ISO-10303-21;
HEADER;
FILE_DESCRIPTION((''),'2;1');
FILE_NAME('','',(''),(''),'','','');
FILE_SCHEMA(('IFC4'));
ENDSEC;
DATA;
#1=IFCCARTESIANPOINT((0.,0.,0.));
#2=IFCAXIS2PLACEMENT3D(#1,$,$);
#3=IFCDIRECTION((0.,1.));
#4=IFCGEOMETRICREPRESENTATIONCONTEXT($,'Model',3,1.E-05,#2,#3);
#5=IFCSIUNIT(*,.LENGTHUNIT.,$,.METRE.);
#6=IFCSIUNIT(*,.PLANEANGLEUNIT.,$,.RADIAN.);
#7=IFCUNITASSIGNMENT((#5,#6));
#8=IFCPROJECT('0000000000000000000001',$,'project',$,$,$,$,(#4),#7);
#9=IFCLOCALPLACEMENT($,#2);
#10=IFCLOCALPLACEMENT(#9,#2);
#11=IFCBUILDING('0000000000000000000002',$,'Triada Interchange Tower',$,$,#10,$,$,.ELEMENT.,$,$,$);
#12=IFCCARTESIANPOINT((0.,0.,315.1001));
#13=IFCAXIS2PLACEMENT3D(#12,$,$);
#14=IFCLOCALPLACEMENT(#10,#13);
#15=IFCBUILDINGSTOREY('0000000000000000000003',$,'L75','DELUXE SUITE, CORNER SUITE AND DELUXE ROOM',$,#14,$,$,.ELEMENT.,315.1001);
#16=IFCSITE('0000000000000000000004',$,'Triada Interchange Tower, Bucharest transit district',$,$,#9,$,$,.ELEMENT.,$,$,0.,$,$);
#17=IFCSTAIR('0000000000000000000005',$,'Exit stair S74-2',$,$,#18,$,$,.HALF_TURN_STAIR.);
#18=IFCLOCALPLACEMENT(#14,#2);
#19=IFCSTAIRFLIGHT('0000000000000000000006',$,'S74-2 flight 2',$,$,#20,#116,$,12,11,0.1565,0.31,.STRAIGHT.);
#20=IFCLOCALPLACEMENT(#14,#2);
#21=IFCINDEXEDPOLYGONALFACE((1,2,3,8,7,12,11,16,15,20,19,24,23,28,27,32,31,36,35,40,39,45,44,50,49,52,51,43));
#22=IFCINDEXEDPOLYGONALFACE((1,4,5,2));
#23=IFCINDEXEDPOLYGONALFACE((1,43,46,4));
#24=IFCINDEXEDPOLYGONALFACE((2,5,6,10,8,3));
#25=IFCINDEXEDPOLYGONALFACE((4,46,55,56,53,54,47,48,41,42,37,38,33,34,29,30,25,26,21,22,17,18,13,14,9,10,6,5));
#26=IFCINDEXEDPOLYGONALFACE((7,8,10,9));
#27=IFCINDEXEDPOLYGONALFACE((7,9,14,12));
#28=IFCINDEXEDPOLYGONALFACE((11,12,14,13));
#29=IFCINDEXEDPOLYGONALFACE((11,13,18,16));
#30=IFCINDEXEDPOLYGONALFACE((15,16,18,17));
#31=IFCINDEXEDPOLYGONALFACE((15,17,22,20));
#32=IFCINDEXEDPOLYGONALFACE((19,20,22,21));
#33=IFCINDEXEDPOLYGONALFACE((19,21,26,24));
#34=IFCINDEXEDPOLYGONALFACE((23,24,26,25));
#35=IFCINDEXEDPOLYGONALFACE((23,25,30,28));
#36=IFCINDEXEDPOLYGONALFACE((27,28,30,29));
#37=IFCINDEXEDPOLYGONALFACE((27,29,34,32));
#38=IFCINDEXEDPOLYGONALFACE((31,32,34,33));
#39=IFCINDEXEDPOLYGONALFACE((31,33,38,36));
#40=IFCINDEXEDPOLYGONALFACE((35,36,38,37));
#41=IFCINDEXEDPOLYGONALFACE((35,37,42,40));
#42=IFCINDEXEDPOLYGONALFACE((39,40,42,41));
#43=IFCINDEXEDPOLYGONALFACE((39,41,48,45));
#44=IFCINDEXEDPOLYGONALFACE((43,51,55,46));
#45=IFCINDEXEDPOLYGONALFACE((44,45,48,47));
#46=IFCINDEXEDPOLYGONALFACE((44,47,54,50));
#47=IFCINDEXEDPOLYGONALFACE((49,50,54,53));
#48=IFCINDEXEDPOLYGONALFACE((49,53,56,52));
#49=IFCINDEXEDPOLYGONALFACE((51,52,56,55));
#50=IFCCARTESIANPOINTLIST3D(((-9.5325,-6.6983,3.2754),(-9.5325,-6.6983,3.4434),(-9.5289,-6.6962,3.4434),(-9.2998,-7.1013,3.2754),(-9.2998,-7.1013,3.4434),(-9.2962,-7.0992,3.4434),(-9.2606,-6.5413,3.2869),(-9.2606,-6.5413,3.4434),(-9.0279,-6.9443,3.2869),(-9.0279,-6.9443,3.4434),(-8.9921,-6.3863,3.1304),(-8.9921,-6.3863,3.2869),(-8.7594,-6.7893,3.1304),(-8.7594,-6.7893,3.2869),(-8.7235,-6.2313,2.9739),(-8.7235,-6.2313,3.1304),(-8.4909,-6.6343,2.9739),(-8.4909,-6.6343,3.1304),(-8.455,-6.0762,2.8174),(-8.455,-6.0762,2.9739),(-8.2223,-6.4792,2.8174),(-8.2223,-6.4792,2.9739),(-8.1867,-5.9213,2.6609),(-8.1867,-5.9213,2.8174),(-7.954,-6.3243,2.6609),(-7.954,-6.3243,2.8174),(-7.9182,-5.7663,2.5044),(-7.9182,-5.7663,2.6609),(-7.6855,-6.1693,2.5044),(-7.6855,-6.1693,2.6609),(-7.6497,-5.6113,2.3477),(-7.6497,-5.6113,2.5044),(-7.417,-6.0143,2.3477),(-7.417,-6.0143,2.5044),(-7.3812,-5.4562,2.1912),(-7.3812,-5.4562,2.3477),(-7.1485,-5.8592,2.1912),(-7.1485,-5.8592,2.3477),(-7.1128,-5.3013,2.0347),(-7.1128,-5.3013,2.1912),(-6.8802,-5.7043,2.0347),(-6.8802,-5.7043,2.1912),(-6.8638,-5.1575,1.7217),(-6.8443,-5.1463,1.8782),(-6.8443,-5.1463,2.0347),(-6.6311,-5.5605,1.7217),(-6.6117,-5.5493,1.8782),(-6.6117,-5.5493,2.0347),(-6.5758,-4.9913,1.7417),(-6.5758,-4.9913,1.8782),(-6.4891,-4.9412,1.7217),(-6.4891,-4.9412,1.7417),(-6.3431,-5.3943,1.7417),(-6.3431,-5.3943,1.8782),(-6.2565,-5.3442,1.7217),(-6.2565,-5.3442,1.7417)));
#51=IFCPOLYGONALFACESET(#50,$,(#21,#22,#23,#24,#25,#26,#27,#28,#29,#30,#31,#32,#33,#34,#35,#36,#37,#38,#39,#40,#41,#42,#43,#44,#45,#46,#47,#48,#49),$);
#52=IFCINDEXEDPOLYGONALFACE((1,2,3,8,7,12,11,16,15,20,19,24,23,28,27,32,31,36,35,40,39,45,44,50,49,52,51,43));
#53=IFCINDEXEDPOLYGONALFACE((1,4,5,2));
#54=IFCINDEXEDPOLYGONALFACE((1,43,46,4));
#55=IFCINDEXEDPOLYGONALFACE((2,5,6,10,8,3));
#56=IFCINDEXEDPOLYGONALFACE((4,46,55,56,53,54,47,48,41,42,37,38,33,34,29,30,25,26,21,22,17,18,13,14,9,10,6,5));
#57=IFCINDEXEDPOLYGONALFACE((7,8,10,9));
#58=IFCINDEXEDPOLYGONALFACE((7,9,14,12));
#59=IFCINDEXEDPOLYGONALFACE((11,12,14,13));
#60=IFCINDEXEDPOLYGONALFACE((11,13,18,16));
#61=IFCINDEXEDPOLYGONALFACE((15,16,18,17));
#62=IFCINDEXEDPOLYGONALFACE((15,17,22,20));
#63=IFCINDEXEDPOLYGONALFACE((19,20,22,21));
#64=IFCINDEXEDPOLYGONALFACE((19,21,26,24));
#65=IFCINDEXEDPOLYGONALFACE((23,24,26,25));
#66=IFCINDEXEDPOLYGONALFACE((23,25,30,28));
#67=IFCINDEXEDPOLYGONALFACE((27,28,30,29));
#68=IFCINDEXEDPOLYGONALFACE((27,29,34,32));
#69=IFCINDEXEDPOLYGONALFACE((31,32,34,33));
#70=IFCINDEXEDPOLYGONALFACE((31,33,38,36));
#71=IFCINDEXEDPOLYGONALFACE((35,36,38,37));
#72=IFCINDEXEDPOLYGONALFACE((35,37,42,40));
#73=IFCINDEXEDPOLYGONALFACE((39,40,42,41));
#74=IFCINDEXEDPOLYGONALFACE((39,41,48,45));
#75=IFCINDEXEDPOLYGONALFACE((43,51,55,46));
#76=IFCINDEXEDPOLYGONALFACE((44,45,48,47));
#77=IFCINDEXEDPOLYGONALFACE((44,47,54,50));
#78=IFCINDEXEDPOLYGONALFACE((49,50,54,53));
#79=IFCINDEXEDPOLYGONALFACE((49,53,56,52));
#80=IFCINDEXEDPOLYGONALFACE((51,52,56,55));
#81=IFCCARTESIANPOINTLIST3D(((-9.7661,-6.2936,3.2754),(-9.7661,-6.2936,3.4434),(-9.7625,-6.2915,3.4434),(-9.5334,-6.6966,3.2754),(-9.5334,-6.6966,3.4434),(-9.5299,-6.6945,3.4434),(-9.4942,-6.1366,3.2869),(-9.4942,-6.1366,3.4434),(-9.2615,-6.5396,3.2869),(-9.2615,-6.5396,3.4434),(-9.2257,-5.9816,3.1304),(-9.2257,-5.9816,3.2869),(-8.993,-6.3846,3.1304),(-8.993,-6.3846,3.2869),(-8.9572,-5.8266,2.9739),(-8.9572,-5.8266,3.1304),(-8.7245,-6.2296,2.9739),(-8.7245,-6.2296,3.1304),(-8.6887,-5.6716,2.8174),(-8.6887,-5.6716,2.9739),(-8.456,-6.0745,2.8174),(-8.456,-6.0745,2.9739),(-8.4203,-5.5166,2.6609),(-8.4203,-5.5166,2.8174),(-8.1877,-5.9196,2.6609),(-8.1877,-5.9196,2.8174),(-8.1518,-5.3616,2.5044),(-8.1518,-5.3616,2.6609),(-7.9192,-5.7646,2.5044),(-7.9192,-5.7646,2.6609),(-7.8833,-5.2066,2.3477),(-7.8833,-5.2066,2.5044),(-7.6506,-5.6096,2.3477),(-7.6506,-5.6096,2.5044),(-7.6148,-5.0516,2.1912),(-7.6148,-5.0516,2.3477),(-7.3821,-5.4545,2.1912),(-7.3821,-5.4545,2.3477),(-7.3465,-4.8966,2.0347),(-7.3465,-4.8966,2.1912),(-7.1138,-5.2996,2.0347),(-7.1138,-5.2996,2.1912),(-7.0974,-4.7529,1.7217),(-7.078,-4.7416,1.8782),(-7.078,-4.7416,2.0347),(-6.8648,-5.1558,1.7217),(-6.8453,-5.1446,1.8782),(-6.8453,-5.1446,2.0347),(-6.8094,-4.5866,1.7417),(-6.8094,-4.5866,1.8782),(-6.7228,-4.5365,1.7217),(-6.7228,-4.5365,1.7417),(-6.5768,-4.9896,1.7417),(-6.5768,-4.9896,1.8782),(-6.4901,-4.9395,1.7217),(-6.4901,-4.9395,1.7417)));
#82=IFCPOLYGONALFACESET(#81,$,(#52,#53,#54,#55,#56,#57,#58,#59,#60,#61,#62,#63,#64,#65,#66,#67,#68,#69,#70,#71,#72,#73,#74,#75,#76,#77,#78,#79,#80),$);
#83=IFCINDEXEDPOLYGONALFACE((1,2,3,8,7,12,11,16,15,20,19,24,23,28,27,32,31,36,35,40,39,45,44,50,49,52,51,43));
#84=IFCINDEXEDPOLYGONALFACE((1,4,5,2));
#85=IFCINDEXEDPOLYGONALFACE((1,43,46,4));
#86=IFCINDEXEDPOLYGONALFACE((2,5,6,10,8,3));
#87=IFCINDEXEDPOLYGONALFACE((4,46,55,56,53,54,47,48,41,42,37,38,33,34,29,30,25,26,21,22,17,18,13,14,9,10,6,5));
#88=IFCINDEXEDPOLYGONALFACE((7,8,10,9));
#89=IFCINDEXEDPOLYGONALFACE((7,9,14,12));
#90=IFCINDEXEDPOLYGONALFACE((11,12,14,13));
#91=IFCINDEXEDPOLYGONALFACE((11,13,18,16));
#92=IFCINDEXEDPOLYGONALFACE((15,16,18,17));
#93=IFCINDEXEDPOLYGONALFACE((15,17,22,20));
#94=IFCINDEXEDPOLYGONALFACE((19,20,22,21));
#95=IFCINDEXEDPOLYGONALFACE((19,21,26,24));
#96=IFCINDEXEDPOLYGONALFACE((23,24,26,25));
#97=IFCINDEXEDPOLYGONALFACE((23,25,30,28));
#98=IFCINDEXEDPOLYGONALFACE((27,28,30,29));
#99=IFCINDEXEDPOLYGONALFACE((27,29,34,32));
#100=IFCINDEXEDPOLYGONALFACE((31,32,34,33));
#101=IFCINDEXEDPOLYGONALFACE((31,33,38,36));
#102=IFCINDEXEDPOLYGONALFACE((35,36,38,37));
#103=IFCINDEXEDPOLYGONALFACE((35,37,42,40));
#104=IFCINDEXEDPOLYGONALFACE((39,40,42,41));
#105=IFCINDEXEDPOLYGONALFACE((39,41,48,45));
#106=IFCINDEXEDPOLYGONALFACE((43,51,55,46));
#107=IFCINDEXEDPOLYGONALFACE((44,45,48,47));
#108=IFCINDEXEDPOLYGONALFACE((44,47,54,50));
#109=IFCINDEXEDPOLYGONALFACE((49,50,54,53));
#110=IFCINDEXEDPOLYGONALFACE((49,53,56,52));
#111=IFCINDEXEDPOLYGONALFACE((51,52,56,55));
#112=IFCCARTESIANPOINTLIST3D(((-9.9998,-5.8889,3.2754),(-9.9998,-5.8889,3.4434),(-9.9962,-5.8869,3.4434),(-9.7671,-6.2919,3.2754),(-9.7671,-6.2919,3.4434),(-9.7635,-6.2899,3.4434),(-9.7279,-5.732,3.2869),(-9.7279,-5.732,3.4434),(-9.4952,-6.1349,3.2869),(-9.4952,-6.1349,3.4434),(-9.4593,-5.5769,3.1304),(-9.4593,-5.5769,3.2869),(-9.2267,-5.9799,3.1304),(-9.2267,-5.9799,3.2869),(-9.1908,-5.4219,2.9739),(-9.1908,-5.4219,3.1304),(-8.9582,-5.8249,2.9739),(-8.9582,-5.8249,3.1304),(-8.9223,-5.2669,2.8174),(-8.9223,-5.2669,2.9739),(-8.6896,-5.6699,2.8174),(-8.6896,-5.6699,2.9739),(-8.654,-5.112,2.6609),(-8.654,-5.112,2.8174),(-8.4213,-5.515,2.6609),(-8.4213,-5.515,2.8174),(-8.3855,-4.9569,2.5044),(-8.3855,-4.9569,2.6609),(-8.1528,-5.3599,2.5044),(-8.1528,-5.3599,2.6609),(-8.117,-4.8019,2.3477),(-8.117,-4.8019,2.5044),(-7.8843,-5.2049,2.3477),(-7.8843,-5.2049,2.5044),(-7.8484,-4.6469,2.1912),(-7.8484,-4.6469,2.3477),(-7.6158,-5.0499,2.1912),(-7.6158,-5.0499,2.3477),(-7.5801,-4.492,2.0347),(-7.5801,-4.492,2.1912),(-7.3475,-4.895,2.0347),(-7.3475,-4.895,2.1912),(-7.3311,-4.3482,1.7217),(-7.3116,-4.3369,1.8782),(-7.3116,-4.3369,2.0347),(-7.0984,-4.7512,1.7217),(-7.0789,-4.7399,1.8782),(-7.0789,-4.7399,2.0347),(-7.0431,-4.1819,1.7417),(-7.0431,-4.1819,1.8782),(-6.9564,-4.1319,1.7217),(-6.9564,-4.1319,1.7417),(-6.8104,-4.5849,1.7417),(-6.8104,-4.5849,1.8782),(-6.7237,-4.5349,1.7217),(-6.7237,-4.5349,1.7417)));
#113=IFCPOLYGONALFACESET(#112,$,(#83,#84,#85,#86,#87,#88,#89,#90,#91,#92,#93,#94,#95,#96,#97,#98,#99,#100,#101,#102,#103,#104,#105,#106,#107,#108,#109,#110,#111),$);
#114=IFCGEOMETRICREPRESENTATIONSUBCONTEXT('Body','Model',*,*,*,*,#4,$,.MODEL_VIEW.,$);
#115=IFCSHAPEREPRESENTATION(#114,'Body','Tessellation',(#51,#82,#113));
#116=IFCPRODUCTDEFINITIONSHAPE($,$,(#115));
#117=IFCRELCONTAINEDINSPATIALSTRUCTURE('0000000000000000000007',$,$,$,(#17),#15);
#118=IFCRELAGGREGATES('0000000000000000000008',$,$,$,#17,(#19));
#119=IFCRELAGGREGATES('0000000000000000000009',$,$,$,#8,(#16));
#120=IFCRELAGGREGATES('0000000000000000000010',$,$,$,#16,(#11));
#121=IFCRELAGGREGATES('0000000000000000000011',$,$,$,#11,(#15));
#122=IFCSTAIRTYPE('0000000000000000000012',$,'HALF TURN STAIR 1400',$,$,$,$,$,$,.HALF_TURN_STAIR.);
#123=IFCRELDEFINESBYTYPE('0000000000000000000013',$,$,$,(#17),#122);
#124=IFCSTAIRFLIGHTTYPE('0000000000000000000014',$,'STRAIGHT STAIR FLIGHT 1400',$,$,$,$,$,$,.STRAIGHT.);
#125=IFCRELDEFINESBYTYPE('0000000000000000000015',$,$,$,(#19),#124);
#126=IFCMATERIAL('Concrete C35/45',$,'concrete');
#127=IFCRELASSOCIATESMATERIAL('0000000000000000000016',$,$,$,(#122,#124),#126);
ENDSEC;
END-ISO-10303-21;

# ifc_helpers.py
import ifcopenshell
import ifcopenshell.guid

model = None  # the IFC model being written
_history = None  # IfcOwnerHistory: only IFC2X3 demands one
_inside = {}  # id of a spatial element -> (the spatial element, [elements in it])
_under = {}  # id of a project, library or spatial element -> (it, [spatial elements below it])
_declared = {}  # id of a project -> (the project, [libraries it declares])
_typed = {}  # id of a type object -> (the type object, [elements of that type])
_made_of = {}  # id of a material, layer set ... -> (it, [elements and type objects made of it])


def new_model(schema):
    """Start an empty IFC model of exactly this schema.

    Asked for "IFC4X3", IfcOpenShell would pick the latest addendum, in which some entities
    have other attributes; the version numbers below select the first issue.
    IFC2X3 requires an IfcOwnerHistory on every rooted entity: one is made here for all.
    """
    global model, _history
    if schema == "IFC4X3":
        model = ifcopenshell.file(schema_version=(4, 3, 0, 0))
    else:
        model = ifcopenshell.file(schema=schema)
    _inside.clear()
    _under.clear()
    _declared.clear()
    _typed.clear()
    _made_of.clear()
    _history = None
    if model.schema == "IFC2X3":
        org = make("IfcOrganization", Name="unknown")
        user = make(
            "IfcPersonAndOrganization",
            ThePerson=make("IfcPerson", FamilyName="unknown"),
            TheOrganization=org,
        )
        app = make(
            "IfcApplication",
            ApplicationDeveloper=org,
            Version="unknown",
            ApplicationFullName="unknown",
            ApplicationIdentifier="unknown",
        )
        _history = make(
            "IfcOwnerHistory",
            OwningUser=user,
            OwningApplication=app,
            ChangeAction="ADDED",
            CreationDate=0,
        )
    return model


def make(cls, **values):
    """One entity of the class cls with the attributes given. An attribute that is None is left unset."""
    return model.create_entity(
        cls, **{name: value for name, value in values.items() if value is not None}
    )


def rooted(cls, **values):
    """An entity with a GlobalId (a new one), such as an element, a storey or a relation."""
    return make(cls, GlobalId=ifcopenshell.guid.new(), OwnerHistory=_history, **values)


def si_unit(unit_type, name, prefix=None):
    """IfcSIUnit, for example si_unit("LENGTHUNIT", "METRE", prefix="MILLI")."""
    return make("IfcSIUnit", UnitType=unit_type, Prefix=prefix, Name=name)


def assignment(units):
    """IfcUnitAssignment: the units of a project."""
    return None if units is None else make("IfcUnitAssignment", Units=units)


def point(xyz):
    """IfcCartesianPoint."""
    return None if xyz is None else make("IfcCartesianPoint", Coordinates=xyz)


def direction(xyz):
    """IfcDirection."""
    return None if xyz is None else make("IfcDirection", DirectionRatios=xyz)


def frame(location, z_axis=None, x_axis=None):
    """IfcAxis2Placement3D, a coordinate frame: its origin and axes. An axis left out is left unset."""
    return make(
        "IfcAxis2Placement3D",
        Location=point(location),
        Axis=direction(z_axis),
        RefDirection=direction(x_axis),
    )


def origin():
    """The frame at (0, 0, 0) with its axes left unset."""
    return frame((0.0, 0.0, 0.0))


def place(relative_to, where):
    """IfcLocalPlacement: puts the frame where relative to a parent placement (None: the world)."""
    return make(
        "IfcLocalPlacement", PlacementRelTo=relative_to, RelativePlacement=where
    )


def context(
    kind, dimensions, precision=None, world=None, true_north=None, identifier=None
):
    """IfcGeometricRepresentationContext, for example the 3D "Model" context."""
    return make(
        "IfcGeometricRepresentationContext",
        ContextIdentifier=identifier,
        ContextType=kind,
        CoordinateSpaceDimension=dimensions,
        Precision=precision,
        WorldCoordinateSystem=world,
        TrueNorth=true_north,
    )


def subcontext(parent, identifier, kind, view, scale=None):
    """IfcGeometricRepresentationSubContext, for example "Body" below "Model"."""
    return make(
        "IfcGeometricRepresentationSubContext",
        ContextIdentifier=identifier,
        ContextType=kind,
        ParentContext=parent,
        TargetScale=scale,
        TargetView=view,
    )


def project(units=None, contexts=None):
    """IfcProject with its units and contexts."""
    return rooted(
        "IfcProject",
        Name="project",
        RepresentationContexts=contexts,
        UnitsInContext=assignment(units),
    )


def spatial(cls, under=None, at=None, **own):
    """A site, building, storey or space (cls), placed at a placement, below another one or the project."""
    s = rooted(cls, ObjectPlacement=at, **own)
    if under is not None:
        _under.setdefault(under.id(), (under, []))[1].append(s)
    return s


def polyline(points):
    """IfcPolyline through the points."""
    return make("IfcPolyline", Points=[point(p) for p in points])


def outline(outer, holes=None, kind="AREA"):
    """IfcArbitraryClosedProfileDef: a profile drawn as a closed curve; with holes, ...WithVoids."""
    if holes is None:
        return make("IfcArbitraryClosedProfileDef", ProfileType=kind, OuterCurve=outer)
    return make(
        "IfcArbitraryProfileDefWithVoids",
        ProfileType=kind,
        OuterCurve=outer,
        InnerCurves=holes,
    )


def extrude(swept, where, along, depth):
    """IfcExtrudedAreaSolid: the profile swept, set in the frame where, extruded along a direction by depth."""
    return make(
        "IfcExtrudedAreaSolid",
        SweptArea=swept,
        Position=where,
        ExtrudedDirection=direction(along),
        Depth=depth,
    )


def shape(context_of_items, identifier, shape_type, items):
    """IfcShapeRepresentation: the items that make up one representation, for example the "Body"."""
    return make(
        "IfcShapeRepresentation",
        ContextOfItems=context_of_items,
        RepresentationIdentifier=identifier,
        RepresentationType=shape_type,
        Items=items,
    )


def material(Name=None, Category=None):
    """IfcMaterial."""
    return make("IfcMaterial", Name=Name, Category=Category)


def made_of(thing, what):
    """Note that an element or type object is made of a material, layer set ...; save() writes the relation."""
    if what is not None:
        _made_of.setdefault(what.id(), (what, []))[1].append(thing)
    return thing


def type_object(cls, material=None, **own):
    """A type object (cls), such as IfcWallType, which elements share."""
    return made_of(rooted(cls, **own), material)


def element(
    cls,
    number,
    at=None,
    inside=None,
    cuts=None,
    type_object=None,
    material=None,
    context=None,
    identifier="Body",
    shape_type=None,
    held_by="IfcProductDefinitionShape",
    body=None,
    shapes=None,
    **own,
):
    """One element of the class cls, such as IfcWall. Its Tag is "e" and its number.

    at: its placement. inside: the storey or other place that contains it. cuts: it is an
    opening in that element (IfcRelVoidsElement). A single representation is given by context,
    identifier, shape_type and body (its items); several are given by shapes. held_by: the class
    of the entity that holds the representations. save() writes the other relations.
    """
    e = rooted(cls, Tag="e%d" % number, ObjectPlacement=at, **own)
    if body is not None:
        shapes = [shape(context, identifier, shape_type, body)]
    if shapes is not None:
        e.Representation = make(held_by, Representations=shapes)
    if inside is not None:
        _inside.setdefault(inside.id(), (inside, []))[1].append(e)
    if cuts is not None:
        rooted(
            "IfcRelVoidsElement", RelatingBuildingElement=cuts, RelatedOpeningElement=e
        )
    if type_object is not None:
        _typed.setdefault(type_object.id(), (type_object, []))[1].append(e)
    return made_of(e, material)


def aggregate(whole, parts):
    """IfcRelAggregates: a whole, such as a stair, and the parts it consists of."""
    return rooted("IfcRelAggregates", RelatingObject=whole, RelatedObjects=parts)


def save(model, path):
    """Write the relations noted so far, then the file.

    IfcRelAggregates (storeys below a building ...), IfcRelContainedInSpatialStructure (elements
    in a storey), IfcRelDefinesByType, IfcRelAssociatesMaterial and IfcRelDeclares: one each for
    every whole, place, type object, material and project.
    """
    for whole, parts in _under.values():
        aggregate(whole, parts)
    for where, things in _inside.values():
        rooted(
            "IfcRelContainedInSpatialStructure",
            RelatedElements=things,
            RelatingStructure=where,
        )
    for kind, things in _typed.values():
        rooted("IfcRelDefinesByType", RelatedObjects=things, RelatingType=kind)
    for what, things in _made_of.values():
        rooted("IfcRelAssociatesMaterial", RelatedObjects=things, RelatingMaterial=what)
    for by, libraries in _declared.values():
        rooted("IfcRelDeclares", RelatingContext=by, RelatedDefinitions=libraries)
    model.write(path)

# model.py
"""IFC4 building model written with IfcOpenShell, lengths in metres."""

from ifc_helpers import new_model, si_unit, direction, frame, origin, place, context, subcontext, project, spatial, polyline, outline, extrude, material, type_object, element, aggregate, save


model = new_model("IFC4")

# Units and contexts
model_context = context("Model", 3, precision=1e-05, world=origin(), true_north=direction((0.0, 1.0)))
body_context = subcontext(model_context, "Body", "Model", "MODEL_VIEW")
ifc_project = project(units=[si_unit("LENGTHUNIT", "METRE"), si_unit("PLANEANGLEUNIT", "RADIAN")], contexts=[model_context])

# Site, building, storey
site_placement = place(None, origin())
site = spatial("IfcSite", under=ifc_project, at=site_placement, Name="Triada Interchange Tower, Bucharest transit district", CompositionType="ELEMENT", RefElevation=0.0)
building_placement = place(site_placement, origin())
building = spatial("IfcBuilding", under=site, at=building_placement, Name="Triada Interchange Tower", CompositionType="ELEMENT")
storey_placement = place(building_placement, frame((0.0, 0.0, 315.1001)))
storey = spatial("IfcBuildingStorey", under=building, at=storey_placement, Name="L75", Description="DELUXE SUITE, CORNER SUITE AND DELUXE ROOM", CompositionType="ELEMENT", Elevation=315.1001)

# Stair, stair flight
ifc_material_1 = material(Name="Concrete C35/45", Category="concrete")
stair_type = type_object("IfcStairType", Name="HALF TURN STAIR 1400", PredefinedType="HALF_TURN_STAIR", material=ifc_material_1)
stair_placement = place(storey_placement, origin())
stair = element("IfcStair", 1, at=stair_placement, inside=storey, type_object=stair_type, Name="Exit stair S74-2", PredefinedType="HALF_TURN_STAIR")
stair_flight_type = type_object("IfcStairFlightType", Name="STRAIGHT STAIR FLIGHT 1400", PredefinedType="STRAIGHT", material=ifc_material_1)
stair_flight_1_placement = place(storey_placement, frame((-6.6931, -4.7881, 1.7217), z_axis=(0.0, 0.0, 1.0), x_axis=(-0.866025, -0.5, 0.0)))
stair_flight_1 = element("IfcStairFlight", 2, at=stair_flight_1_placement, type_object=stair_flight_type, Name="S74-2 flight 2", NumberOfRisers=12, NumberOfTreads=11, PredefinedType="STRAIGHT", RiserHeight=0.1565, TreadLength=0.31, context=body_context, shape_type="SweptSolid", body=[
    extrude(outline(polyline([(-0.1001, 0.0), (-0.1001, 0.02), (0.0, 0.02), (0.0, 0.1565), (0.3101, 0.1565), (0.3101, 0.313), (0.6201, 0.313), (0.6201, 0.4695), (0.9299, 0.4695), (0.9299, 0.626), (1.24, 0.626), (1.24, 0.7827), (1.55, 0.7827), (1.55, 0.9392), (1.8601, 0.9392), (1.8601, 1.0957), (2.1699, 1.0957), (2.1699, 1.2522), (2.48, 1.2522), (2.48, 1.4087), (2.79, 1.4087), (2.79, 1.5652), (3.1001, 1.5652), (3.1001, 1.7217), (3.4099, 1.7217), (3.4141, 1.7217), (3.4141, 1.8782), (3.4141, 1.5537), (0.3325, 0.0), (-0.1001, 0.0)])), frame((0.0, 0.7, 0.0), z_axis=(0.0, -1.0, 0.0), x_axis=(1.0, 0.0, 0.0)), (0.0, 0.0, 1.0), 0.4653),
    extrude(outline(polyline([(-0.1001, 0.0), (-0.1001, 0.02), (0.0, 0.02), (0.0, 0.1565), (0.3101, 0.1565), (0.3101, 0.313), (0.6201, 0.313), (0.6201, 0.4695), (0.9299, 0.4695), (0.9299, 0.626), (1.24, 0.626), (1.24, 0.7827), (1.55, 0.7827), (1.55, 0.9392), (1.8601, 0.9392), (1.8601, 1.0957), (2.1699, 1.0957), (2.1699, 1.2522), (2.48, 1.2522), (2.48, 1.4087), (2.79, 1.4087), (2.79, 1.5652), (3.1001, 1.5652), (3.1001, 1.7217), (3.4099, 1.7217), (3.4141, 1.7217), (3.4141, 1.8782), (3.4141, 1.5537), (0.3325, 0.0), (-0.1001, 0.0)])), frame((0.0, 0.2327, 0.0), z_axis=(0.0, -1.0, 0.0), x_axis=(1.0, 0.0, 0.0)), (0.0, 0.0, 1.0), 0.4653),
    extrude(outline(polyline([(-0.1001, 0.0), (-0.1001, 0.02), (0.0, 0.02), (0.0, 0.1565), (0.3101, 0.1565), (0.3101, 0.313), (0.6201, 0.313), (0.6201, 0.4695), (0.9299, 0.4695), (0.9299, 0.626), (1.24, 0.626), (1.24, 0.7827), (1.55, 0.7827), (1.55, 0.9392), (1.8601, 0.9392), (1.8601, 1.0957), (2.1699, 1.0957), (2.1699, 1.2522), (2.48, 1.2522), (2.48, 1.4087), (2.79, 1.4087), (2.79, 1.5652), (3.1001, 1.5652), (3.1001, 1.7217), (3.4099, 1.7217), (3.4141, 1.7217), (3.4141, 1.8782), (3.4141, 1.5537), (0.3325, 0.0), (-0.1001, 0.0)])), frame((0.0, -0.2346, 0.0), z_axis=(0.0, -1.0, 0.0), x_axis=(1.0, 0.0, 0.0)), (0.0, 0.0, 1.0), 0.4653),
])
aggregate(stair, [stair_flight_1])

save(model, "model.ifc")
